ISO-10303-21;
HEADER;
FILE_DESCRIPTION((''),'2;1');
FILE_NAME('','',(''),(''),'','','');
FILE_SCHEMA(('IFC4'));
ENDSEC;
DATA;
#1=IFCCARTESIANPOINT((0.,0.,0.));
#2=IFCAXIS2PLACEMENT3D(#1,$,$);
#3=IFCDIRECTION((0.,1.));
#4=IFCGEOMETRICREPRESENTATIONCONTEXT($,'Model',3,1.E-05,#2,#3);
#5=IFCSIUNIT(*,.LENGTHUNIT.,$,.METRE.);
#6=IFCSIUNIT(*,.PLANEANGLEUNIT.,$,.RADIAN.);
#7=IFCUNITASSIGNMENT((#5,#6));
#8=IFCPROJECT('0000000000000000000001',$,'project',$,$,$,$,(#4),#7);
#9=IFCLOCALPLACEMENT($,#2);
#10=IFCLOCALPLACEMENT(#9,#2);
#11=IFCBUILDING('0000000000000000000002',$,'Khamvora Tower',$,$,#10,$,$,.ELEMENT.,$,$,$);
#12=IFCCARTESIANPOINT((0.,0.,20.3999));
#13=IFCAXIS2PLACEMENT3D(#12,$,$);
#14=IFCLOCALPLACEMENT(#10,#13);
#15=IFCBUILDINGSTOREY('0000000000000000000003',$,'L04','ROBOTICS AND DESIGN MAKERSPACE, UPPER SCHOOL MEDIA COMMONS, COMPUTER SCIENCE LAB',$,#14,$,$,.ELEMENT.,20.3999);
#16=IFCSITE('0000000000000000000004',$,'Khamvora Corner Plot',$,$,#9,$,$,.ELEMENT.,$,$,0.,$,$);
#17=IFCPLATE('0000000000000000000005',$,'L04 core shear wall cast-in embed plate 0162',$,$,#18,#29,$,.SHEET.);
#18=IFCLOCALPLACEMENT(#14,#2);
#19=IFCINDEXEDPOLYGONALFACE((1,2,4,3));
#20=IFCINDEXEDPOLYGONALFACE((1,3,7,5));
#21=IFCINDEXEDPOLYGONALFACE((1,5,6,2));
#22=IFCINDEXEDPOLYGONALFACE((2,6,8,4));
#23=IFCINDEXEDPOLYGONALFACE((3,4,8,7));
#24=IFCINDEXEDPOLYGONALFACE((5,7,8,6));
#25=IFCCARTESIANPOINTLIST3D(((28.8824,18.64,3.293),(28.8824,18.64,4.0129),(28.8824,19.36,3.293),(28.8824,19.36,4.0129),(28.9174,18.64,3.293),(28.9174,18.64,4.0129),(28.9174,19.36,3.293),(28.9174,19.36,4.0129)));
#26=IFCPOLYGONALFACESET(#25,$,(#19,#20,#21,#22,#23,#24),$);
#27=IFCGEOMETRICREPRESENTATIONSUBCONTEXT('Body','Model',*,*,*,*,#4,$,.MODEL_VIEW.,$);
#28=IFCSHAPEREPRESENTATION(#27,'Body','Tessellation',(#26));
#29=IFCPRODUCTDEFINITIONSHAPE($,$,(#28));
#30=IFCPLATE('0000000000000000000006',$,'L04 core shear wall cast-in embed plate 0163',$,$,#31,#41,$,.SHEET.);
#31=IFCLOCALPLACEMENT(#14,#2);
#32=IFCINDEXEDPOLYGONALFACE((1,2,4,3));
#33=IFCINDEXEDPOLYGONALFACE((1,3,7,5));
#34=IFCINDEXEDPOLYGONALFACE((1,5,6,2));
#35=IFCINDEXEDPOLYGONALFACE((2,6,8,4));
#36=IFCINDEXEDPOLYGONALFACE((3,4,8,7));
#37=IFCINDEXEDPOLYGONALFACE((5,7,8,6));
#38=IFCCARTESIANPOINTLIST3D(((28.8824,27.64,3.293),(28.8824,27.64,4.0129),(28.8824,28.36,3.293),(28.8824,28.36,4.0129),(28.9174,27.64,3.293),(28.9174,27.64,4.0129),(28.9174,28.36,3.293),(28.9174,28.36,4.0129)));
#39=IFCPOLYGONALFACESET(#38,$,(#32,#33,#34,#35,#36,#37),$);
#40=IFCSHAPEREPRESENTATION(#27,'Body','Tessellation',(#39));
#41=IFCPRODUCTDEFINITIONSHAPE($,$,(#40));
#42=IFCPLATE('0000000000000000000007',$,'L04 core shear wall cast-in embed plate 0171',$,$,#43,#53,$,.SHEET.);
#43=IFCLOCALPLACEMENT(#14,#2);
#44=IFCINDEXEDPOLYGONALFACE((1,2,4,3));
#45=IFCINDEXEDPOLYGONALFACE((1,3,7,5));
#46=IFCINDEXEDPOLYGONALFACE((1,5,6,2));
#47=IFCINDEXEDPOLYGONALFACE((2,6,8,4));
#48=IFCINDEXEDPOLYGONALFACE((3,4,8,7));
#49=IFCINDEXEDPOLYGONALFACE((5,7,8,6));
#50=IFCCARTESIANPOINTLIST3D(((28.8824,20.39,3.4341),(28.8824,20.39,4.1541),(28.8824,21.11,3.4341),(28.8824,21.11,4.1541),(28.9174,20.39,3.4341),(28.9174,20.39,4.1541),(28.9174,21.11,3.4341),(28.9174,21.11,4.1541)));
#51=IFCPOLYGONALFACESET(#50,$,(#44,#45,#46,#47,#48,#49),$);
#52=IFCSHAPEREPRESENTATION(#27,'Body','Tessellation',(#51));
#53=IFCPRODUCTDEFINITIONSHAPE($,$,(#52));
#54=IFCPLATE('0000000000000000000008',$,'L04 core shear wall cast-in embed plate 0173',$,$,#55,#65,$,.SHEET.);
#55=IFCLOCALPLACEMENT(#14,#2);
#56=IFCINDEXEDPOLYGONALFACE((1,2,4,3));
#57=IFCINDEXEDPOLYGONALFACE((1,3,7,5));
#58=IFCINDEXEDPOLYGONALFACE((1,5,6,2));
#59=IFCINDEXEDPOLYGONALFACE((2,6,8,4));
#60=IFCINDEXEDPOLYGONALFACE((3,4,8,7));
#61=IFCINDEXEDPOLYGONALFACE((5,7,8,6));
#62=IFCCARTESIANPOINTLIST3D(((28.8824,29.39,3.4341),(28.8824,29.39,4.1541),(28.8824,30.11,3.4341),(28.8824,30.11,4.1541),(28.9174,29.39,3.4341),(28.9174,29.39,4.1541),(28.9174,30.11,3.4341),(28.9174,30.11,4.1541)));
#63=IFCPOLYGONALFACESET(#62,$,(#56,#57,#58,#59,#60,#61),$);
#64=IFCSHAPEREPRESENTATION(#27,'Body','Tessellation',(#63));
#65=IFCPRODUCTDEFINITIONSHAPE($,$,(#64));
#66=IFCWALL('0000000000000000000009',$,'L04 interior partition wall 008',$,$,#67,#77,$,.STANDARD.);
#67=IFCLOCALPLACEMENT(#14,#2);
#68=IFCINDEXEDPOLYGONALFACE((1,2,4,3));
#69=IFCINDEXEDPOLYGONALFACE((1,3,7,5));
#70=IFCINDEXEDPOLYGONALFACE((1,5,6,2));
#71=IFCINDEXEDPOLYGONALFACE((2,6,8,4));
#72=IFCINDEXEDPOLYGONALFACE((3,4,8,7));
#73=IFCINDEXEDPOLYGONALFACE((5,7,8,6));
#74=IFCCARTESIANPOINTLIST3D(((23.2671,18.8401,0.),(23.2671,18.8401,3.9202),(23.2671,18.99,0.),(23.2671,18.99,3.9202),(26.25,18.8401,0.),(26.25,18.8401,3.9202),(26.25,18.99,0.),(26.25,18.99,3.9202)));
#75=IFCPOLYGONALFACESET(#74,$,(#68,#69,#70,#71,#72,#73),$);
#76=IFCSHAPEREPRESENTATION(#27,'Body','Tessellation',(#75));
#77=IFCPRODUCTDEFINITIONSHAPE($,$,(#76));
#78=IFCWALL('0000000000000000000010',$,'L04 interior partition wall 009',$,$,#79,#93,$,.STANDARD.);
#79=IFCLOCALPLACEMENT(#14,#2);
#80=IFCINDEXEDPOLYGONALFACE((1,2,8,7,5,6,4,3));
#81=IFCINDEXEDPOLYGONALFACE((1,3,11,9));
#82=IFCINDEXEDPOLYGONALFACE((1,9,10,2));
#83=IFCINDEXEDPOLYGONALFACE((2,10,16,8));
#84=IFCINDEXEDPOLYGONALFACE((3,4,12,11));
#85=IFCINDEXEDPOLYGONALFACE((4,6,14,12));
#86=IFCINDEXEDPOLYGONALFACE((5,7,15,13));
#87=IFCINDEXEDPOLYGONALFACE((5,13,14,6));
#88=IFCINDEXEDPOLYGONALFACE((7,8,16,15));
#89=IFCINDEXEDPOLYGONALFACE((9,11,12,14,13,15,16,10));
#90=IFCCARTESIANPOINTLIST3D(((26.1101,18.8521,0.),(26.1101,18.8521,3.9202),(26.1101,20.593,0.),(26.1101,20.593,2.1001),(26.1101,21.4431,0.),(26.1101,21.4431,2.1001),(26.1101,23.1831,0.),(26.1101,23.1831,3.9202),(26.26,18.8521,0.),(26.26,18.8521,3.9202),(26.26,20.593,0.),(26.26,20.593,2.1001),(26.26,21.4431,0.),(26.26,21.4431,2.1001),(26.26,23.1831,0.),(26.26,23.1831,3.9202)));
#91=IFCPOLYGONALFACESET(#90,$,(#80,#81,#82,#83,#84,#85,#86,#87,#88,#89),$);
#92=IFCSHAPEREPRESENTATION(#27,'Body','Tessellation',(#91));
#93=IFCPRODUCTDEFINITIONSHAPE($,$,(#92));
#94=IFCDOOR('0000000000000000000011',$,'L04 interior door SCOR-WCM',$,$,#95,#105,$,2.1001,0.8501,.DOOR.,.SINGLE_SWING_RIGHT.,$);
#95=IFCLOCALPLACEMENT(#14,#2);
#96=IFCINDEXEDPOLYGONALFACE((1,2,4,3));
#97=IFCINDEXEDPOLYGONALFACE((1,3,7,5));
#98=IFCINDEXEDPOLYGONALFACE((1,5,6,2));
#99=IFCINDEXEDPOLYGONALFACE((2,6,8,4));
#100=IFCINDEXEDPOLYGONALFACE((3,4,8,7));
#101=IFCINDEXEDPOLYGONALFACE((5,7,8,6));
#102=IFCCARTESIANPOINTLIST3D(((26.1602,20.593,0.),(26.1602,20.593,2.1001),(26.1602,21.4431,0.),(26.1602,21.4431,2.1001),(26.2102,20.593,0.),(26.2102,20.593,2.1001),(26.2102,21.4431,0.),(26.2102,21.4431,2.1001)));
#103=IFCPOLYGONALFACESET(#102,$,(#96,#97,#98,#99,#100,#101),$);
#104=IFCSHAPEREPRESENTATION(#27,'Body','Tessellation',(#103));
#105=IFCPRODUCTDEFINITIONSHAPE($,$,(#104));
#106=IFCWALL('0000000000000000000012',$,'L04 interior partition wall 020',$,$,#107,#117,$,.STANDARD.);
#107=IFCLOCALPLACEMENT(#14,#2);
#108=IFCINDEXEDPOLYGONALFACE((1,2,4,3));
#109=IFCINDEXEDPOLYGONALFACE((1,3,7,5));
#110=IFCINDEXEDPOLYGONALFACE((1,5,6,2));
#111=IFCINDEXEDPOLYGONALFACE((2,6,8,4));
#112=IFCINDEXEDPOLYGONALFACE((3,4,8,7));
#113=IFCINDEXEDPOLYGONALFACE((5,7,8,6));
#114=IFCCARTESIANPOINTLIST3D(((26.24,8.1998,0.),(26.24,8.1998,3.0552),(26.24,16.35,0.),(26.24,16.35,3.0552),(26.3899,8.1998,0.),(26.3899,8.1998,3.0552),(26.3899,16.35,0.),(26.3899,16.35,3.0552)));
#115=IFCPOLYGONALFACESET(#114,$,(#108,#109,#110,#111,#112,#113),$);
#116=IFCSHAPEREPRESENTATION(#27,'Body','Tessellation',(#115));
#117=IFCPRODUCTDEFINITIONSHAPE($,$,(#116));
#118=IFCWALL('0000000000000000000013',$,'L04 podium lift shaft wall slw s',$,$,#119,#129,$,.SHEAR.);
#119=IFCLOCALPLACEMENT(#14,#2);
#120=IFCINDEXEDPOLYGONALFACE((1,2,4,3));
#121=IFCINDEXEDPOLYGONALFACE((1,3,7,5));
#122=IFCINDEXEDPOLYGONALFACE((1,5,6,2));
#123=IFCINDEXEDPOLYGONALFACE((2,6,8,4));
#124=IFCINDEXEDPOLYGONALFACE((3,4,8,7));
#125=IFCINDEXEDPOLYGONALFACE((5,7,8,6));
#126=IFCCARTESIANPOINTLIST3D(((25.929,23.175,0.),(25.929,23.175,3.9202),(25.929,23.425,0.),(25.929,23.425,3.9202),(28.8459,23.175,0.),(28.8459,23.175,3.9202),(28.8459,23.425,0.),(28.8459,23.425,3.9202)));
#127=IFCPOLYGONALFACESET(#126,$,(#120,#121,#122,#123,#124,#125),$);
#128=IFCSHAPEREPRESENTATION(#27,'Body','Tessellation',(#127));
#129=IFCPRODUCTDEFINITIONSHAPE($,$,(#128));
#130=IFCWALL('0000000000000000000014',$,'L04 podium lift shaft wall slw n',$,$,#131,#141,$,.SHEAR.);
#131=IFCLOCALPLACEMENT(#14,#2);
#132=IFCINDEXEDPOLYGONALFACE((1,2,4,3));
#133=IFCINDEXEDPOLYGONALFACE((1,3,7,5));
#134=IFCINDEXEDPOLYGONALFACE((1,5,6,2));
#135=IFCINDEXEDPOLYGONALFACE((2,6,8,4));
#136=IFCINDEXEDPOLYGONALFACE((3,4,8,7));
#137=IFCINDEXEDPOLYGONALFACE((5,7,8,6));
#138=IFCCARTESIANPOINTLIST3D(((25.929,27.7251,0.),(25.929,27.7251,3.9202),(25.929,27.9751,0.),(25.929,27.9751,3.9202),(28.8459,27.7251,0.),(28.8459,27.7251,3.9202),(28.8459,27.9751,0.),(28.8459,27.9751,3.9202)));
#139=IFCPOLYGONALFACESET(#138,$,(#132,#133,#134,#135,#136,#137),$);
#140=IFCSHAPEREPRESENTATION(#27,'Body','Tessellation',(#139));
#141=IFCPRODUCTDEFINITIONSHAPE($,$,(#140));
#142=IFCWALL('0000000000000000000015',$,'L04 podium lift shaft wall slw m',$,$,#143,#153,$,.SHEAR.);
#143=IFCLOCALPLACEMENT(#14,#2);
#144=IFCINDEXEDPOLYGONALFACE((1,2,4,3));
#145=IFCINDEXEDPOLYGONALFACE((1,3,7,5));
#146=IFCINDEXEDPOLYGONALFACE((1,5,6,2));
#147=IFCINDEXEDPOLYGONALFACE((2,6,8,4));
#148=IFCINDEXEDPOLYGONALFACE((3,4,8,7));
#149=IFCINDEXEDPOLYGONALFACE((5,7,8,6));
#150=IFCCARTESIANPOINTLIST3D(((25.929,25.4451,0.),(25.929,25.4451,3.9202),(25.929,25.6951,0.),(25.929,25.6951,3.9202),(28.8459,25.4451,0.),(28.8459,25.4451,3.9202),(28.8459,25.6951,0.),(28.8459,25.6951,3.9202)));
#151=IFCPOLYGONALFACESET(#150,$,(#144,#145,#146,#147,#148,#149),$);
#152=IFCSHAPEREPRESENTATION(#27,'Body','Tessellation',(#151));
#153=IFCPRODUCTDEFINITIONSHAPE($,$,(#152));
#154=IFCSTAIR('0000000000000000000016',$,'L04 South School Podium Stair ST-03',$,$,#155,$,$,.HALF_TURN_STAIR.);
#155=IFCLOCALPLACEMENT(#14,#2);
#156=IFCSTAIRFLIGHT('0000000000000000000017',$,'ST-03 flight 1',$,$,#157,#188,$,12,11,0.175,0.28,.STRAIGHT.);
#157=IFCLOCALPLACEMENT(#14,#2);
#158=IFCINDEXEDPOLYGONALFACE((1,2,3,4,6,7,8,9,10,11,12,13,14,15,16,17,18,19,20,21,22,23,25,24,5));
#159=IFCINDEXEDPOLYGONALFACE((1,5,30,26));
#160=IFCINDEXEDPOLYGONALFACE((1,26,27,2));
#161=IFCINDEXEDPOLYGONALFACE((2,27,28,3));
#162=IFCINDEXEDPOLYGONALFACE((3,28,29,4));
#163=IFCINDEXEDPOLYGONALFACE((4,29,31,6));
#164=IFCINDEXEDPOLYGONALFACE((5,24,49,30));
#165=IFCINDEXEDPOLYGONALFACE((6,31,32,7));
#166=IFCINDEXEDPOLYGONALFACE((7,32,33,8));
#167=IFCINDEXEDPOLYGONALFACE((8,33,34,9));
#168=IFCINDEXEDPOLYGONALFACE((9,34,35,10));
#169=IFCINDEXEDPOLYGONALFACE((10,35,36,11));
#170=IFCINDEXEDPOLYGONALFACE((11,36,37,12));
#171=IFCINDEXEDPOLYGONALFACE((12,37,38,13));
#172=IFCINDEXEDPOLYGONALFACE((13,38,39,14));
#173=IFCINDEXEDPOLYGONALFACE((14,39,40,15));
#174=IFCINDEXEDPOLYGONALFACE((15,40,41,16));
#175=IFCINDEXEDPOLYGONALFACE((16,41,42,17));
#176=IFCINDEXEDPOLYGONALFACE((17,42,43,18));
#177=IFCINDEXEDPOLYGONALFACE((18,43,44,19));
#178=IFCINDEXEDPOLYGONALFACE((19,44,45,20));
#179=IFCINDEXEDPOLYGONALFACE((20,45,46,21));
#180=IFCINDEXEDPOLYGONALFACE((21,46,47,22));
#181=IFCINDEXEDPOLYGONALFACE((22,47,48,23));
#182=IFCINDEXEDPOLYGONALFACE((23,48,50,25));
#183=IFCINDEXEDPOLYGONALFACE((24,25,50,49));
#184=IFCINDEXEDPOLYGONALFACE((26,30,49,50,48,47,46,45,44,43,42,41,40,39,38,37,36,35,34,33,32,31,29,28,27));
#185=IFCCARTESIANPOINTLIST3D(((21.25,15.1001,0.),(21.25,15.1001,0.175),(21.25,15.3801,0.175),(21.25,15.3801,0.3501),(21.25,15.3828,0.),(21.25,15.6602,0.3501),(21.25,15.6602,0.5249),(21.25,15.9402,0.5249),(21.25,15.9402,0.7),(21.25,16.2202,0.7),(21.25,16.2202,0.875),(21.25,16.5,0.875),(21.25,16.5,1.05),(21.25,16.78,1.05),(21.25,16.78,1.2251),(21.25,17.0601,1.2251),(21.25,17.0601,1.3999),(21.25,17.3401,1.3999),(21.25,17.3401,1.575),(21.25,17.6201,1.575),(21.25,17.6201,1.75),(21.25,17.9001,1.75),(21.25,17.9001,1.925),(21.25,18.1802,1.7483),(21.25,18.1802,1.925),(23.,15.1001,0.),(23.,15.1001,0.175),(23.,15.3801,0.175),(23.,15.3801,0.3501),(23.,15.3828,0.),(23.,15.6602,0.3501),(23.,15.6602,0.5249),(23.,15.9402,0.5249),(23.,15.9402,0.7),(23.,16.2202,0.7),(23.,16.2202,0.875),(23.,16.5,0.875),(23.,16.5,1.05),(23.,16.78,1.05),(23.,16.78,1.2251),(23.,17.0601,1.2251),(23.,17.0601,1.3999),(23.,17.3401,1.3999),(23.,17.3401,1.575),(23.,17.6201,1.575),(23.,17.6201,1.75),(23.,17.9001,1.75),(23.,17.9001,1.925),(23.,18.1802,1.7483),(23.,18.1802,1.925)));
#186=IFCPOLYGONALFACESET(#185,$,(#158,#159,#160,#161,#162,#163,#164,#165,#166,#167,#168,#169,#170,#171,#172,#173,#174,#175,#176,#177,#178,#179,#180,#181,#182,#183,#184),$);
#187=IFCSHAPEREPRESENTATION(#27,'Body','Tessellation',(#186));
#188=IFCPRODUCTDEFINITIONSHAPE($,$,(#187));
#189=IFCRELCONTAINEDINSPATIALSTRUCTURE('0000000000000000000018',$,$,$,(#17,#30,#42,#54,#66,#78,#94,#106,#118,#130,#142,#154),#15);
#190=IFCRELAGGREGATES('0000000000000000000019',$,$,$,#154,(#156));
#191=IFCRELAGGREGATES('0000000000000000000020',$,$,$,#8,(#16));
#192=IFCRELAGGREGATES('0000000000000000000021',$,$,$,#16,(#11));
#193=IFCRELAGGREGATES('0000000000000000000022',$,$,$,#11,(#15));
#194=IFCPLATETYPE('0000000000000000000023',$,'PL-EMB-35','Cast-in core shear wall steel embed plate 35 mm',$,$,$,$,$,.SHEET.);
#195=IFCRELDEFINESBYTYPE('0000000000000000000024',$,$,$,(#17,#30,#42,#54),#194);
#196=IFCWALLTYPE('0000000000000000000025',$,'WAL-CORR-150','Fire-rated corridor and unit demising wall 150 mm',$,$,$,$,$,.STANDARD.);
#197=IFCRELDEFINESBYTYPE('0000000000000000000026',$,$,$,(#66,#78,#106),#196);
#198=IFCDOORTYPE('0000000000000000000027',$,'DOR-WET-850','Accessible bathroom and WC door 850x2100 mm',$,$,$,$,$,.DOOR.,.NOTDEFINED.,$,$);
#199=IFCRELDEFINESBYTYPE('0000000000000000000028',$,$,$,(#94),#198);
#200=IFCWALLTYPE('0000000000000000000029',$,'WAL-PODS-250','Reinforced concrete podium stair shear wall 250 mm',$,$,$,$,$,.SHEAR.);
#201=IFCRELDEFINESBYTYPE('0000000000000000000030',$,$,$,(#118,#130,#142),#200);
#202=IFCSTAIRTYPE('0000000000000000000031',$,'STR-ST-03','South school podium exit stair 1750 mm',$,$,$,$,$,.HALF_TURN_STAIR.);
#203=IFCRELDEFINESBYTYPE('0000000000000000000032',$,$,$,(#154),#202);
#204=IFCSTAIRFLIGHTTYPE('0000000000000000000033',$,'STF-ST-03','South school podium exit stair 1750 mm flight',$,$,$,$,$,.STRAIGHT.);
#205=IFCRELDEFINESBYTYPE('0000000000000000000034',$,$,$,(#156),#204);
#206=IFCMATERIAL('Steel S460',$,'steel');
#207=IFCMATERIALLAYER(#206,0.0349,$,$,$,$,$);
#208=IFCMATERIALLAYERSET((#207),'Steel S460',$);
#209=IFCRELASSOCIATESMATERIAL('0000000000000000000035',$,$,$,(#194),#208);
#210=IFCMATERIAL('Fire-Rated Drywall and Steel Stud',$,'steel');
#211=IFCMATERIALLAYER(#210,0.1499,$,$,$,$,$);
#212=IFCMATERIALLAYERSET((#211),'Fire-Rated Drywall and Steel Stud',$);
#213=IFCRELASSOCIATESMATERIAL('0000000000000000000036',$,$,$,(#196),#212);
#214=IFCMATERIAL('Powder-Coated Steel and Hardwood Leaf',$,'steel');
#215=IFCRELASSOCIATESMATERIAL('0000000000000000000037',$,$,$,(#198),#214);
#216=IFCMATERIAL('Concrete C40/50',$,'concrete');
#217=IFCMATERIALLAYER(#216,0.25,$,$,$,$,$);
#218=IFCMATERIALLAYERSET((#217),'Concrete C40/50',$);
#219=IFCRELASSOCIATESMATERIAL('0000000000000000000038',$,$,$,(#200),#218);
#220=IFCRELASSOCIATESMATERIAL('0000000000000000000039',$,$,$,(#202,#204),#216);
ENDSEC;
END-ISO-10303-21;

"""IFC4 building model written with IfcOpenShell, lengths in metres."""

from ifc_helpers import new_model, si_unit, direction, frame, frame_2d, origin, origin_2d, place, context, subcontext, project, spatial, polyline, rectangle, outline, extrude, material, layer, layer_set, type_object, element, fill, aggregate, save


model = new_model("IFC4")

# Units and contexts
model_context = context("Model", 3, precision=1e-05, world=origin(), true_north=direction((0.0, 1.0)))
body_context = subcontext(model_context, "Body", "Model", "MODEL_VIEW")
ifc_project = project(units=[si_unit("LENGTHUNIT", "METRE"), si_unit("PLANEANGLEUNIT", "RADIAN")], contexts=[model_context])

# Site, building, storey
site_placement = place(None, origin())
site = spatial("IfcSite", under=ifc_project, at=site_placement, Name="Khamvora Corner Plot", CompositionType="ELEMENT", RefElevation=0.0)
building_placement = place(site_placement, origin())
building = spatial("IfcBuilding", under=site, at=building_placement, Name="Khamvora Tower", CompositionType="ELEMENT")
storey_placement = place(building_placement, frame((0.0, 0.0, 20.3999)))
storey = spatial("IfcBuildingStorey", under=building, at=storey_placement, Name="L04", Description="ROBOTICS AND DESIGN MAKERSPACE, UPPER SCHOOL MEDIA COMMONS, COMPUTER SCIENCE LAB", CompositionType="ELEMENT", Elevation=20.3999)

# Plates
ifc_material_1 = material(Name="Steel S460", Category="steel")
ifc_layer_1 = layer(ifc_material_1, 0.0349)
ifc_layer_set_1 = layer_set([ifc_layer_1], Name="Steel S460")
plate_type = type_object("IfcPlateType", Name="PL-EMB-35", Description="Cast-in core shear wall steel embed plate 35 mm", PredefinedType="SHEET", material=ifc_layer_set_1)
for number, where, z_axis, x_axis, name in (
    (1, (28.8999, 19.0, 3.293), (0.0, 0.0, 1.0), (1.0, 0.0, 0.0), "L04 core shear wall cast-in embed plate 0162"),
    (2, (28.8999, 28.0, 3.293), (0.0, 0.0, 1.0), (1.0, 0.0, 0.0), "L04 core shear wall cast-in embed plate 0163"),
    (3, (28.8999, 20.75, 3.4341), (0.0, 0.0, 1.0), (1.0, 0.0, 0.0), "L04 core shear wall cast-in embed plate 0171"),
    (4, (28.8999, 29.75, 3.4341), (0.0, 0.0, 1.0), (1.0, 0.0, 0.0), "L04 core shear wall cast-in embed plate 0173"),
):
    element("IfcPlate", number, at=place(storey_placement, frame(where, z_axis=z_axis, x_axis=x_axis)), inside=storey, type_object=plate_type, Name=name, PredefinedType="SHEET", context=body_context, shape_type="SweptSolid", body=[
        extrude(rectangle(XDim=0.0349, YDim=0.72, at=origin_2d()), origin(), (0.0, 0.0, 1.0), 0.72),
    ])

# Wall
ifc_material_2 = material(Name="Fire-Rated Drywall and Steel Stud", Category="steel")
ifc_layer_2 = layer(ifc_material_2, 0.1499)
ifc_layer_set_2 = layer_set([ifc_layer_2], Name="Fire-Rated Drywall and Steel Stud")
wall_type_1 = type_object("IfcWallType", Name="WAL-CORR-150", Description="Fire-rated corridor and unit demising wall 150 mm", PredefinedType="STANDARD", material=ifc_layer_set_2)
wall_1_placement = place(storey_placement, frame((23.2671, 18.915, 0.0), z_axis=(0.0, 0.0, 1.0), x_axis=(1.0, 0.0, 0.0)))
element("IfcWall", 5, at=wall_1_placement, inside=storey, type_object=wall_type_1, Name="L04 interior partition wall 008", PredefinedType="STANDARD", context=body_context, shape_type="SweptSolid", body=[
    extrude(rectangle(XDim=2.9829, YDim=0.1499, at=frame_2d((1.4915, 0.0))), origin(), (0.0, 0.0, 1.0), 3.9202),
])

# Wall, opening, door
wall_2_placement = place(storey_placement, frame((26.1851, 18.8521, 0.0), z_axis=(0.0, 0.0, 1.0), x_axis=(0.0, 1.0, 0.0)))
wall_2 = element("IfcWall", 6, at=wall_2_placement, inside=storey, type_object=wall_type_1, Name="L04 interior partition wall 009", PredefinedType="STANDARD", context=body_context, shape_type="SweptSolid", body=[
    extrude(rectangle(XDim=4.3311, YDim=0.1499, at=frame_2d((2.1655, 0.0))), origin(), (0.0, 0.0, 1.0), 3.9202),
])
opening_1_placement = place(wall_2_placement, frame((1.741, 0.0, 0.0)))
opening_1 = element("IfcOpeningElement", 7, at=opening_1_placement, cuts=wall_2, PredefinedType="OPENING", context=body_context, shape_type="SweptSolid", body=[
    extrude(rectangle(XDim=0.8501, YDim=2.1001, at=frame_2d((0.425, 1.05))), frame((0.0, 0.085, 0.0), z_axis=(0.0, -1.0, 0.0), x_axis=(1.0, 0.0, 0.0)), (0.0, 0.0, 1.0), 0.1699),
])
ifc_material_3 = material(Name="Powder-Coated Steel and Hardwood Leaf", Category="steel")
door_type_1 = type_object("IfcDoorType", Name="DOR-WET-850", Description="Accessible bathroom and WC door 850x2100 mm", OperationType="NOTDEFINED", PredefinedType="DOOR", material=ifc_material_3)
door_1_placement = place(opening_1_placement, origin())
door_1 = element("IfcDoor", 8, at=door_1_placement, inside=storey, type_object=door_type_1, Name="L04 interior door SCOR-WCM", OperationType="SINGLE_SWING_RIGHT", OverallHeight=2.1001, OverallWidth=0.8501, PredefinedType="DOOR", context=body_context, shape_type="SweptSolid", body=[
    extrude(rectangle(XDim=0.8501, YDim=2.1001, at=frame_2d((0.425, 1.05))), frame((0.0, 0.0249, 0.0), z_axis=(0.0, -1.0, 0.0), x_axis=(1.0, 0.0, 0.0)), (0.0, 0.0, 1.0), 0.05),
])
fill(opening_1, door_1)

# Wall
wall_3_placement = place(storey_placement, frame((26.3149, 16.3501, 0.0), z_axis=(0.0, 0.0, 1.0), x_axis=(0.0, -1.0, 0.0)))
element("IfcWall", 9, at=wall_3_placement, inside=storey, type_object=wall_type_1, Name="L04 interior partition wall 020", PredefinedType="STANDARD", context=body_context, shape_type="SweptSolid", body=[
    extrude(rectangle(XDim=8.1501, YDim=0.1499, at=frame_2d((4.0752, 0.0))), origin(), (0.0, 0.0, 1.0), 3.0552),
])

# Shared definitions
ifc_material_4 = material(Name="Concrete C40/50", Category="concrete")
ifc_layer_3 = layer(ifc_material_4, 0.25)
ifc_layer_set_3 = layer_set([ifc_layer_3], Name="Concrete C40/50")
wall_type_2 = type_object("IfcWallType", Name="WAL-PODS-250", Description="Reinforced concrete podium stair shear wall 250 mm", PredefinedType="SHEAR", material=ifc_layer_set_3)

# Walls
for number, where, z_axis, x_axis, name in (
    (10, (25.929, 23.3, 0.0), (0.0, 0.0, 1.0), (1.0, 0.0, 0.0), "L04 podium lift shaft wall slw s"),
    (11, (25.929, 27.8501, 0.0), (0.0, 0.0, 1.0), (1.0, 0.0, 0.0), "L04 podium lift shaft wall slw n"),
    (12, (25.929, 25.5701, 0.0), (0.0, 0.0, 1.0), (1.0, 0.0, 0.0), "L04 podium lift shaft wall slw m"),
):
    element("IfcWall", number, at=place(storey_placement, frame(where, z_axis=z_axis, x_axis=x_axis)), inside=storey, type_object=wall_type_2, Name=name, PredefinedType="SHEAR", context=body_context, shape_type="SweptSolid", body=[
        extrude(rectangle(XDim=2.917, YDim=0.25, at=frame_2d((1.4585, 0.0))), origin(), (0.0, 0.0, 1.0), 3.9202),
    ])

# Stair, stair flight
stair_type = type_object("IfcStairType", Name="STR-ST-03", Description="South school podium exit stair 1750 mm", PredefinedType="HALF_TURN_STAIR", material=ifc_material_4)
stair_placement = place(storey_placement, origin())
stair = element("IfcStair", 13, at=stair_placement, inside=storey, type_object=stair_type, Name="L04 South School Podium Stair ST-03", PredefinedType="HALF_TURN_STAIR")
stair_flight_type = type_object("IfcStairFlightType", Name="STF-ST-03", Description="South school podium exit stair 1750 mm flight", PredefinedType="STRAIGHT", material=ifc_material_4)
stair_flight_1_placement = place(storey_placement, frame((22.125, 15.1001, 0.0), z_axis=(0.0, 0.0, 1.0), x_axis=(0.0, 1.0, 0.0)))
stair_flight_1 = element("IfcStairFlight", 14, at=stair_flight_1_placement, type_object=stair_flight_type, Name="ST-03 flight 1", NumberOfRisers=12, NumberOfTreads=11, PredefinedType="STRAIGHT", RiserHeight=0.175, TreadLength=0.28, context=body_context, shape_type="SweptSolid", body=[
    extrude(outline(polyline([(0.0, 0.0), (0.0, 0.175), (0.28, 0.175), (0.28, 0.3501), (0.5601, 0.3501), (0.5601, 0.5249), (0.8401, 0.5249), (0.8401, 0.7), (1.1201, 0.7), (1.1201, 0.875), (1.3999, 0.875), (1.3999, 1.05), (1.6799, 1.05), (1.6799, 1.2251), (1.96, 1.2251), (1.96, 1.3999), (2.24, 1.3999), (2.24, 1.575), (2.52, 1.575), (2.52, 1.75), (2.8, 1.75), (2.8, 1.925), (3.0801, 1.925), (3.0801, 2.1001), (3.0801, 1.7483), (0.2827, 0.0), (0.0, 0.0)])), frame((0.0, 0.875, 0.0), z_axis=(0.0, -1.0, 0.0), x_axis=(1.0, 0.0, 0.0)), (0.0, 0.0, 1.0), 1.75),
])
aggregate(stair, [stair_flight_1])

save(model, "model.ifc")
